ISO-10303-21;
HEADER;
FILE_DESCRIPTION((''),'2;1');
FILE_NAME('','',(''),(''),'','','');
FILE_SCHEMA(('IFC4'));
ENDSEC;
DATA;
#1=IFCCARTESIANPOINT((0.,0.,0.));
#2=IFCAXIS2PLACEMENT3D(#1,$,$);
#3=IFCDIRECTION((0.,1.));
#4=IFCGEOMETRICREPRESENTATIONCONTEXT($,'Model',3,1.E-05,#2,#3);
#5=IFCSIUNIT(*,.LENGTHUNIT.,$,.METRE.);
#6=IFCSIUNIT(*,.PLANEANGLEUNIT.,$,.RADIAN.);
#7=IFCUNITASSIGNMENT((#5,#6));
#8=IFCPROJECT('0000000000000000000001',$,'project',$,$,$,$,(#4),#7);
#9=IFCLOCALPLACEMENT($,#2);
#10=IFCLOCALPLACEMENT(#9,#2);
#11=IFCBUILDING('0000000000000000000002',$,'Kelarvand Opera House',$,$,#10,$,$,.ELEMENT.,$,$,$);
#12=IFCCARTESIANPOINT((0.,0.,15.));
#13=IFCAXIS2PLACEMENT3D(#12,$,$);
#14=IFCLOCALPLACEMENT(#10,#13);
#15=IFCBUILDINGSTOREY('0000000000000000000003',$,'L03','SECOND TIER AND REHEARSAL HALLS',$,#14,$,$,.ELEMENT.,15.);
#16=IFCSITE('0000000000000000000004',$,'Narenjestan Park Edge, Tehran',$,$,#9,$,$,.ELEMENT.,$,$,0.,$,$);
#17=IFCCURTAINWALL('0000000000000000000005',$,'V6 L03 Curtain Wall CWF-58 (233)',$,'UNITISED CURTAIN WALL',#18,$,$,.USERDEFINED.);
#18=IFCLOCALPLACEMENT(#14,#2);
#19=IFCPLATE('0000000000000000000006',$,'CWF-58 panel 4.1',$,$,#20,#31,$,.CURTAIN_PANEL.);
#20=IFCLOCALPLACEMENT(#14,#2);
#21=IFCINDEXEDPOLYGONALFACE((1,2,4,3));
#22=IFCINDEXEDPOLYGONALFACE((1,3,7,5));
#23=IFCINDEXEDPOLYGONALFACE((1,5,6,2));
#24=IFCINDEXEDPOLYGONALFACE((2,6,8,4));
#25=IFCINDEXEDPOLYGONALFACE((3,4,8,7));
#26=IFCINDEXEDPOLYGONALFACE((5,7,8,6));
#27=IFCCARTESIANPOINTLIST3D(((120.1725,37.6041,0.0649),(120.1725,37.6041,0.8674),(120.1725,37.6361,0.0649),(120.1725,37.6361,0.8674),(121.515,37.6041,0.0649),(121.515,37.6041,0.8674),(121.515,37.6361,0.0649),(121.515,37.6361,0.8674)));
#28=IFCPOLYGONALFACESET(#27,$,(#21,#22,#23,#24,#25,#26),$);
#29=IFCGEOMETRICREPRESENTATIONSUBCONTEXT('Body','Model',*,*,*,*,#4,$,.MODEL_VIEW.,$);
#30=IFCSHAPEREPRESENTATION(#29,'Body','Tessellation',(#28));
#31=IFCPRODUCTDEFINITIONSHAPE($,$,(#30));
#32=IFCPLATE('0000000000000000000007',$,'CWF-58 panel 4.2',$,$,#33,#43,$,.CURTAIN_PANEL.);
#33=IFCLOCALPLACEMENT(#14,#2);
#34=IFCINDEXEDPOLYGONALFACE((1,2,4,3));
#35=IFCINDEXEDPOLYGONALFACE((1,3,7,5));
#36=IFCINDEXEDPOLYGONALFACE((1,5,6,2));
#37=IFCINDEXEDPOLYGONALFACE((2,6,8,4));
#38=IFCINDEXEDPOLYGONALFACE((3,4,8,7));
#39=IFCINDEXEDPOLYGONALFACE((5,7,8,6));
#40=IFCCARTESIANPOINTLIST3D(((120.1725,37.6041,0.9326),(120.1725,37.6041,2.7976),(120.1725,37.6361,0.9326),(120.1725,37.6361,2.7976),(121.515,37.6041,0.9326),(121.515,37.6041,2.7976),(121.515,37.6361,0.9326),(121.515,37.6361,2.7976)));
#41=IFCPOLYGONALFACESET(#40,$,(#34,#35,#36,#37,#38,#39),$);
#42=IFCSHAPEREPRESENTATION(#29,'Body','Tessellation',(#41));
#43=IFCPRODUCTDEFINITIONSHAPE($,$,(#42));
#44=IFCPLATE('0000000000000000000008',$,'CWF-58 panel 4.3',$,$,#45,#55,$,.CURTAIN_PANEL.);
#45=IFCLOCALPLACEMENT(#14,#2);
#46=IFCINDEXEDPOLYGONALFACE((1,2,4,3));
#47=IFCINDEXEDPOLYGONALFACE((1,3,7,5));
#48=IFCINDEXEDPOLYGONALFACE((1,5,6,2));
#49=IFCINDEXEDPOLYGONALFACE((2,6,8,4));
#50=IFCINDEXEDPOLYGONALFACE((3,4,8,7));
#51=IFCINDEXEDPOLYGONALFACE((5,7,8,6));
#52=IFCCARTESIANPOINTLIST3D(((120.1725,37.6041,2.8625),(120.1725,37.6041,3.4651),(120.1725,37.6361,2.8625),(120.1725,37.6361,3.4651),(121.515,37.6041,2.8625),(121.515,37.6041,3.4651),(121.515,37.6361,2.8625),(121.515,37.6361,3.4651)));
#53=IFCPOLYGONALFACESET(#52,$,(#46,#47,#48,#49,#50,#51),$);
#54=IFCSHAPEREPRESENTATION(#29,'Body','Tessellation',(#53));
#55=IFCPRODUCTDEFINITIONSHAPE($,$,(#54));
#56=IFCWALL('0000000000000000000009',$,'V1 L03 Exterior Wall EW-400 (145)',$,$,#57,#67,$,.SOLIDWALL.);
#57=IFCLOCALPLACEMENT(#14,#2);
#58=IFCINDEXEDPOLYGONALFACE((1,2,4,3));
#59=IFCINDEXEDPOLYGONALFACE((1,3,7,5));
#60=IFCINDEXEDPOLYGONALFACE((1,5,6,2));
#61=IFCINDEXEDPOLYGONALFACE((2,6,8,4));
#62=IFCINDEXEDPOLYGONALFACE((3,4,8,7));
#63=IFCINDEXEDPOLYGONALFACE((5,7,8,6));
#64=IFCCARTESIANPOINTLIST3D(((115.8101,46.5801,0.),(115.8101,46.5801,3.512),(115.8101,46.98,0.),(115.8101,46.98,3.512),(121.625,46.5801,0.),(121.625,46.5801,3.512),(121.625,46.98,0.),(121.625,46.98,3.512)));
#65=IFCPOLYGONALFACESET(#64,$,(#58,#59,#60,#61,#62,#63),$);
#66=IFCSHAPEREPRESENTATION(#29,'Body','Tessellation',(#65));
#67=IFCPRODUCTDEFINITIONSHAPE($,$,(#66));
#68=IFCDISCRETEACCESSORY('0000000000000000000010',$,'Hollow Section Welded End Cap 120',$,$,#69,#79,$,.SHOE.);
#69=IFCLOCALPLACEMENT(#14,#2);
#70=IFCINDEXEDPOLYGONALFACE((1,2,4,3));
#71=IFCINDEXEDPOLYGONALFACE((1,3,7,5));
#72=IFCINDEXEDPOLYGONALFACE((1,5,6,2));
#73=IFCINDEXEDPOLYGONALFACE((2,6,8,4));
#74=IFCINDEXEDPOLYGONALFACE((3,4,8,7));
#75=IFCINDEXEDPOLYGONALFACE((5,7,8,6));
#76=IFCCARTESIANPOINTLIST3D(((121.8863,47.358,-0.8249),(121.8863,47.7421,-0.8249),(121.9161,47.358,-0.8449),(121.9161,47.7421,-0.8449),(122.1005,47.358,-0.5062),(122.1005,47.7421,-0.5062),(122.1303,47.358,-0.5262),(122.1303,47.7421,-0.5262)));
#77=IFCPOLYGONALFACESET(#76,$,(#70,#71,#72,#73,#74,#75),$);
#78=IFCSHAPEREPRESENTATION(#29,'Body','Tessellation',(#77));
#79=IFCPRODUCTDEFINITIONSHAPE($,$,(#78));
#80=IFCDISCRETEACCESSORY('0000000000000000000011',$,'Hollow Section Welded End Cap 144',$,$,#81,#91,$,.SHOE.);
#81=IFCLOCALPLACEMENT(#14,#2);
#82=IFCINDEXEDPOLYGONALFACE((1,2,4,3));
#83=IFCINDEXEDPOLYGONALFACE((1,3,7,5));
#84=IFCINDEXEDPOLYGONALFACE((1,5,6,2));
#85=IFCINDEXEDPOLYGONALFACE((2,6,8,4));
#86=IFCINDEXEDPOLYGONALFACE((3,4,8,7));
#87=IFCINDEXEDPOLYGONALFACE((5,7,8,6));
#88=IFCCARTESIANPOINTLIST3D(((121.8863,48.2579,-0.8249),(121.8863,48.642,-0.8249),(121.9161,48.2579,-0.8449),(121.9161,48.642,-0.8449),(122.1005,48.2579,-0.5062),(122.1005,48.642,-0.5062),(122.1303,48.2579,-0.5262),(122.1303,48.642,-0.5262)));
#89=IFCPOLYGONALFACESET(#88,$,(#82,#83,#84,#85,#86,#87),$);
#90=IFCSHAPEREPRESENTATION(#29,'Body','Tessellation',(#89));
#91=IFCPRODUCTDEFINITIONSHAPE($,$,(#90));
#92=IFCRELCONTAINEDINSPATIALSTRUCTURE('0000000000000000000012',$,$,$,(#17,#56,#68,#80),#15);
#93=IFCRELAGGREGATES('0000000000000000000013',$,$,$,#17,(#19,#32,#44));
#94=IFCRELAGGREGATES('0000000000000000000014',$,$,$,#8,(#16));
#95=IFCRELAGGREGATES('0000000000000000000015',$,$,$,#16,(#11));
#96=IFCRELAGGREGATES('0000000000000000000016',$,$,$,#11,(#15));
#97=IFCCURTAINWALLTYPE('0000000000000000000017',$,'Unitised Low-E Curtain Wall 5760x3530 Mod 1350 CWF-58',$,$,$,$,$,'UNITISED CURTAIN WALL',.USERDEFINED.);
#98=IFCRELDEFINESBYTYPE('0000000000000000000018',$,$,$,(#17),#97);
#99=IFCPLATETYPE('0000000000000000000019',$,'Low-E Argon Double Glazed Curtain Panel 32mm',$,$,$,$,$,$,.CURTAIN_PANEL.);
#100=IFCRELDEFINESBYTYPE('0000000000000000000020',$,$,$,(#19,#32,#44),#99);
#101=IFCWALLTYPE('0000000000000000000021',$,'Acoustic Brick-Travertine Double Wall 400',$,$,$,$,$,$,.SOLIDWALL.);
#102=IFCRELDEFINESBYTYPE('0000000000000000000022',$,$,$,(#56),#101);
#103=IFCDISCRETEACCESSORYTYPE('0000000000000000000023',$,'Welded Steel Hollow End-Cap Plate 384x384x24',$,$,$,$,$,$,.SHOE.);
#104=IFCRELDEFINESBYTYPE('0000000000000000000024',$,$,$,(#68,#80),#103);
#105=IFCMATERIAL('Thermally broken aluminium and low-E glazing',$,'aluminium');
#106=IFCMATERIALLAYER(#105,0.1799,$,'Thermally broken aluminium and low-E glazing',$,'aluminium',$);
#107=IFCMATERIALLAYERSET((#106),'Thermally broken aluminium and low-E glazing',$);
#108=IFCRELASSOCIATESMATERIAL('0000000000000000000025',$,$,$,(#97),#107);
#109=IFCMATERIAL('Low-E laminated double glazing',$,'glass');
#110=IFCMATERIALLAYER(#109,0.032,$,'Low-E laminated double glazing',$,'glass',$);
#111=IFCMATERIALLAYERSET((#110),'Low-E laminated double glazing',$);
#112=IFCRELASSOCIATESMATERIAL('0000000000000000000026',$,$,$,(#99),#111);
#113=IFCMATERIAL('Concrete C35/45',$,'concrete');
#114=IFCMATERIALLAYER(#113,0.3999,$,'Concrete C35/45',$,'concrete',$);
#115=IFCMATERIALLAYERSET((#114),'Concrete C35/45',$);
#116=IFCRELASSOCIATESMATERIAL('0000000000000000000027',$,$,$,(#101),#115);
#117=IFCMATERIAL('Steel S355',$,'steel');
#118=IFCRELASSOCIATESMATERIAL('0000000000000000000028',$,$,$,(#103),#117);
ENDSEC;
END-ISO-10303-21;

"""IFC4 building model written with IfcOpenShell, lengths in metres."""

from ifc_helpers import new_model, si_unit, direction, frame, frame_2d, origin, origin_2d, place, context, subcontext, project, spatial, rectangle, extrude, material, layer, layer_set, material_profile, profile_set, type_object, element, aggregate, save


model = new_model("IFC4")

# Units and contexts
model_context = context("Model", 3, precision=1e-05, world=origin(), true_north=direction((0.0, 1.0)))
body_context = subcontext(model_context, "Body", "Model", "MODEL_VIEW")
ifc_project = project(units=[si_unit("LENGTHUNIT", "METRE"), si_unit("PLANEANGLEUNIT", "RADIAN")], contexts=[model_context])

# Site, building, storey
site_placement = place(None, origin())
site = spatial("IfcSite", under=ifc_project, at=site_placement, Name="Narenjestan Park Edge, Tehran", CompositionType="ELEMENT", RefElevation=0.0)
building_placement = place(site_placement, origin())
building = spatial("IfcBuilding", under=site, at=building_placement, Name="Kelarvand Opera House", CompositionType="ELEMENT")
storey_placement = place(building_placement, frame((0.0, 0.0, 15.0)))
storey = spatial("IfcBuildingStorey", under=building, at=storey_placement, Name="L03", Description="SECOND TIER AND REHEARSAL HALLS", CompositionType="ELEMENT", Elevation=15.0)

# Curtain wall
ifc_material_1 = material(Name="Thermally broken aluminium and low-E glazing", Category="aluminium")
ifc_layer_1 = layer(ifc_material_1, 0.1799, Name="Thermally broken aluminium and low-E glazing", Category="aluminium")
ifc_layer_set_1 = layer_set([ifc_layer_1], Name="Thermally broken aluminium and low-E glazing")
curtain_wall_type = type_object("IfcCurtainWallType", Name="Unitised Low-E Curtain Wall 5760x3530 Mod 1350 CWF-58", ElementType="UNITISED CURTAIN WALL", PredefinedType="USERDEFINED", material=ifc_layer_set_1)
curtain_wall_placement = place(storey_placement, origin())
curtain_wall = element("IfcCurtainWall", 1, at=curtain_wall_placement, inside=storey, type_object=curtain_wall_type, Name="V6 L03 Curtain Wall CWF-58 (233)", ObjectType="UNITISED CURTAIN WALL", PredefinedType="USERDEFINED")

# Shared definitions
ifc_material_2 = material(Name="Steel S355", Category="steel")

# Plates
ifc_material_3 = material(Name="Low-E laminated double glazing", Category="glass")
ifc_layer_2 = layer(ifc_material_3, 0.032, Name="Low-E laminated double glazing", Category="glass")
ifc_layer_set_2 = layer_set([ifc_layer_2], Name="Low-E laminated double glazing")
plate_type = type_object("IfcPlateType", Name="Low-E Argon Double Glazed Curtain Panel 32mm", PredefinedType="CURTAIN_PANEL", material=ifc_layer_set_2)
plate_1_placement = place(storey_placement, frame((120.8438, 37.6201, 0.0649), z_axis=(0.0, 0.0, 1.0), x_axis=(1.0, 0.0, 0.0)))
plate_1 = element("IfcPlate", 2, at=plate_1_placement, type_object=plate_type, Name="CWF-58 panel 4.1", PredefinedType="CURTAIN_PANEL", context=body_context, shape_type="SweptSolid", body=[
    extrude(rectangle(XDim=1.3425, YDim=0.032, at=origin_2d()), origin(), (0.0, 0.0, 1.0), 0.8025),
])
plate_2_placement = place(storey_placement, frame((120.8438, 37.6201, 0.9326), z_axis=(0.0, 0.0, 1.0), x_axis=(1.0, 0.0, 0.0)))
plate_2 = element("IfcPlate", 3, at=plate_2_placement, type_object=plate_type, Name="CWF-58 panel 4.2", PredefinedType="CURTAIN_PANEL", context=body_context, shape_type="SweptSolid", body=[
    extrude(rectangle(XDim=1.3425, YDim=0.032, at=origin_2d()), origin(), (0.0, 0.0, 1.0), 1.865),
])
plate_3_placement = place(storey_placement, frame((120.8438, 37.6201, 2.8625), z_axis=(0.0, 0.0, 1.0), x_axis=(1.0, 0.0, 0.0)))
plate_3 = element("IfcPlate", 4, at=plate_3_placement, type_object=plate_type, Name="CWF-58 panel 4.3", PredefinedType="CURTAIN_PANEL", context=body_context, shape_type="SweptSolid", body=[
    extrude(rectangle(XDim=1.3425, YDim=0.032, at=origin_2d()), origin(), (0.0, 0.0, 1.0), 0.6025),
])
aggregate(curtain_wall, [plate_1, plate_2, plate_3])

# Wall
ifc_material_4 = material(Name="Concrete C35/45", Category="concrete")
ifc_layer_3 = layer(ifc_material_4, 0.3999, Name="Concrete C35/45", Category="concrete")
ifc_layer_set_3 = layer_set([ifc_layer_3], Name="Concrete C35/45")
wall_type = type_object("IfcWallType", Name="Acoustic Brick-Travertine Double Wall 400", PredefinedType="SOLIDWALL", material=ifc_layer_set_3)
wall_placement = place(storey_placement, frame((121.625, 46.78, 0.0), z_axis=(0.0, 0.0, 1.0), x_axis=(-1.0, 0.0, 0.0)))
element("IfcWall", 5, at=wall_placement, inside=storey, type_object=wall_type, Name="V1 L03 Exterior Wall EW-400 (145)", PredefinedType="SOLIDWALL", context=body_context, shape_type="SweptSolid", body=[
    extrude(rectangle(XDim=5.8149, YDim=0.3999, at=frame_2d((2.9075, 0.0))), origin(), (0.0, 0.0, 1.0), 3.512),
])

# Discrete accessories
ifc_material_profile_1 = material_profile(ifc_material_2, rectangle(XDim=0.384, YDim=0.384, at=origin_2d()), Name="Welded Steel Hollow End-Cap Plate 384x384x24", Category="steel")
ifc_profile_set_1 = profile_set([ifc_material_profile_1], Name="Steel S355")
discrete_accessory_type = type_object("IfcDiscreteAccessoryType", Name="Welded Steel Hollow End-Cap Plate 384x384x24", PredefinedType="SHOE", material=ifc_profile_set_1)
for number, where, z_axis, x_axis, name in (
    (6, (121.9934, 47.55, -0.6655), (0.829951, 0.0, -0.557836), (0.0, 1.0, 0.0), "Hollow Section Welded End Cap 120"),
    (7, (121.9934, 48.45, -0.6655), (0.829951, 0.0, -0.557836), (0.0, 1.0, 0.0), "Hollow Section Welded End Cap 144"),
):
    element("IfcDiscreteAccessory", number, at=place(storey_placement, frame(where, z_axis=z_axis, x_axis=x_axis)), inside=storey, type_object=discrete_accessory_type, Name=name, PredefinedType="SHOE", context=body_context, shape_type="SweptSolid", body=[
        extrude(rectangle(XDim=0.384, YDim=0.384, at=origin_2d()), origin(), (0.0, 0.0, 1.0), 0.0359),
    ])

save(model, "model.ifc")
